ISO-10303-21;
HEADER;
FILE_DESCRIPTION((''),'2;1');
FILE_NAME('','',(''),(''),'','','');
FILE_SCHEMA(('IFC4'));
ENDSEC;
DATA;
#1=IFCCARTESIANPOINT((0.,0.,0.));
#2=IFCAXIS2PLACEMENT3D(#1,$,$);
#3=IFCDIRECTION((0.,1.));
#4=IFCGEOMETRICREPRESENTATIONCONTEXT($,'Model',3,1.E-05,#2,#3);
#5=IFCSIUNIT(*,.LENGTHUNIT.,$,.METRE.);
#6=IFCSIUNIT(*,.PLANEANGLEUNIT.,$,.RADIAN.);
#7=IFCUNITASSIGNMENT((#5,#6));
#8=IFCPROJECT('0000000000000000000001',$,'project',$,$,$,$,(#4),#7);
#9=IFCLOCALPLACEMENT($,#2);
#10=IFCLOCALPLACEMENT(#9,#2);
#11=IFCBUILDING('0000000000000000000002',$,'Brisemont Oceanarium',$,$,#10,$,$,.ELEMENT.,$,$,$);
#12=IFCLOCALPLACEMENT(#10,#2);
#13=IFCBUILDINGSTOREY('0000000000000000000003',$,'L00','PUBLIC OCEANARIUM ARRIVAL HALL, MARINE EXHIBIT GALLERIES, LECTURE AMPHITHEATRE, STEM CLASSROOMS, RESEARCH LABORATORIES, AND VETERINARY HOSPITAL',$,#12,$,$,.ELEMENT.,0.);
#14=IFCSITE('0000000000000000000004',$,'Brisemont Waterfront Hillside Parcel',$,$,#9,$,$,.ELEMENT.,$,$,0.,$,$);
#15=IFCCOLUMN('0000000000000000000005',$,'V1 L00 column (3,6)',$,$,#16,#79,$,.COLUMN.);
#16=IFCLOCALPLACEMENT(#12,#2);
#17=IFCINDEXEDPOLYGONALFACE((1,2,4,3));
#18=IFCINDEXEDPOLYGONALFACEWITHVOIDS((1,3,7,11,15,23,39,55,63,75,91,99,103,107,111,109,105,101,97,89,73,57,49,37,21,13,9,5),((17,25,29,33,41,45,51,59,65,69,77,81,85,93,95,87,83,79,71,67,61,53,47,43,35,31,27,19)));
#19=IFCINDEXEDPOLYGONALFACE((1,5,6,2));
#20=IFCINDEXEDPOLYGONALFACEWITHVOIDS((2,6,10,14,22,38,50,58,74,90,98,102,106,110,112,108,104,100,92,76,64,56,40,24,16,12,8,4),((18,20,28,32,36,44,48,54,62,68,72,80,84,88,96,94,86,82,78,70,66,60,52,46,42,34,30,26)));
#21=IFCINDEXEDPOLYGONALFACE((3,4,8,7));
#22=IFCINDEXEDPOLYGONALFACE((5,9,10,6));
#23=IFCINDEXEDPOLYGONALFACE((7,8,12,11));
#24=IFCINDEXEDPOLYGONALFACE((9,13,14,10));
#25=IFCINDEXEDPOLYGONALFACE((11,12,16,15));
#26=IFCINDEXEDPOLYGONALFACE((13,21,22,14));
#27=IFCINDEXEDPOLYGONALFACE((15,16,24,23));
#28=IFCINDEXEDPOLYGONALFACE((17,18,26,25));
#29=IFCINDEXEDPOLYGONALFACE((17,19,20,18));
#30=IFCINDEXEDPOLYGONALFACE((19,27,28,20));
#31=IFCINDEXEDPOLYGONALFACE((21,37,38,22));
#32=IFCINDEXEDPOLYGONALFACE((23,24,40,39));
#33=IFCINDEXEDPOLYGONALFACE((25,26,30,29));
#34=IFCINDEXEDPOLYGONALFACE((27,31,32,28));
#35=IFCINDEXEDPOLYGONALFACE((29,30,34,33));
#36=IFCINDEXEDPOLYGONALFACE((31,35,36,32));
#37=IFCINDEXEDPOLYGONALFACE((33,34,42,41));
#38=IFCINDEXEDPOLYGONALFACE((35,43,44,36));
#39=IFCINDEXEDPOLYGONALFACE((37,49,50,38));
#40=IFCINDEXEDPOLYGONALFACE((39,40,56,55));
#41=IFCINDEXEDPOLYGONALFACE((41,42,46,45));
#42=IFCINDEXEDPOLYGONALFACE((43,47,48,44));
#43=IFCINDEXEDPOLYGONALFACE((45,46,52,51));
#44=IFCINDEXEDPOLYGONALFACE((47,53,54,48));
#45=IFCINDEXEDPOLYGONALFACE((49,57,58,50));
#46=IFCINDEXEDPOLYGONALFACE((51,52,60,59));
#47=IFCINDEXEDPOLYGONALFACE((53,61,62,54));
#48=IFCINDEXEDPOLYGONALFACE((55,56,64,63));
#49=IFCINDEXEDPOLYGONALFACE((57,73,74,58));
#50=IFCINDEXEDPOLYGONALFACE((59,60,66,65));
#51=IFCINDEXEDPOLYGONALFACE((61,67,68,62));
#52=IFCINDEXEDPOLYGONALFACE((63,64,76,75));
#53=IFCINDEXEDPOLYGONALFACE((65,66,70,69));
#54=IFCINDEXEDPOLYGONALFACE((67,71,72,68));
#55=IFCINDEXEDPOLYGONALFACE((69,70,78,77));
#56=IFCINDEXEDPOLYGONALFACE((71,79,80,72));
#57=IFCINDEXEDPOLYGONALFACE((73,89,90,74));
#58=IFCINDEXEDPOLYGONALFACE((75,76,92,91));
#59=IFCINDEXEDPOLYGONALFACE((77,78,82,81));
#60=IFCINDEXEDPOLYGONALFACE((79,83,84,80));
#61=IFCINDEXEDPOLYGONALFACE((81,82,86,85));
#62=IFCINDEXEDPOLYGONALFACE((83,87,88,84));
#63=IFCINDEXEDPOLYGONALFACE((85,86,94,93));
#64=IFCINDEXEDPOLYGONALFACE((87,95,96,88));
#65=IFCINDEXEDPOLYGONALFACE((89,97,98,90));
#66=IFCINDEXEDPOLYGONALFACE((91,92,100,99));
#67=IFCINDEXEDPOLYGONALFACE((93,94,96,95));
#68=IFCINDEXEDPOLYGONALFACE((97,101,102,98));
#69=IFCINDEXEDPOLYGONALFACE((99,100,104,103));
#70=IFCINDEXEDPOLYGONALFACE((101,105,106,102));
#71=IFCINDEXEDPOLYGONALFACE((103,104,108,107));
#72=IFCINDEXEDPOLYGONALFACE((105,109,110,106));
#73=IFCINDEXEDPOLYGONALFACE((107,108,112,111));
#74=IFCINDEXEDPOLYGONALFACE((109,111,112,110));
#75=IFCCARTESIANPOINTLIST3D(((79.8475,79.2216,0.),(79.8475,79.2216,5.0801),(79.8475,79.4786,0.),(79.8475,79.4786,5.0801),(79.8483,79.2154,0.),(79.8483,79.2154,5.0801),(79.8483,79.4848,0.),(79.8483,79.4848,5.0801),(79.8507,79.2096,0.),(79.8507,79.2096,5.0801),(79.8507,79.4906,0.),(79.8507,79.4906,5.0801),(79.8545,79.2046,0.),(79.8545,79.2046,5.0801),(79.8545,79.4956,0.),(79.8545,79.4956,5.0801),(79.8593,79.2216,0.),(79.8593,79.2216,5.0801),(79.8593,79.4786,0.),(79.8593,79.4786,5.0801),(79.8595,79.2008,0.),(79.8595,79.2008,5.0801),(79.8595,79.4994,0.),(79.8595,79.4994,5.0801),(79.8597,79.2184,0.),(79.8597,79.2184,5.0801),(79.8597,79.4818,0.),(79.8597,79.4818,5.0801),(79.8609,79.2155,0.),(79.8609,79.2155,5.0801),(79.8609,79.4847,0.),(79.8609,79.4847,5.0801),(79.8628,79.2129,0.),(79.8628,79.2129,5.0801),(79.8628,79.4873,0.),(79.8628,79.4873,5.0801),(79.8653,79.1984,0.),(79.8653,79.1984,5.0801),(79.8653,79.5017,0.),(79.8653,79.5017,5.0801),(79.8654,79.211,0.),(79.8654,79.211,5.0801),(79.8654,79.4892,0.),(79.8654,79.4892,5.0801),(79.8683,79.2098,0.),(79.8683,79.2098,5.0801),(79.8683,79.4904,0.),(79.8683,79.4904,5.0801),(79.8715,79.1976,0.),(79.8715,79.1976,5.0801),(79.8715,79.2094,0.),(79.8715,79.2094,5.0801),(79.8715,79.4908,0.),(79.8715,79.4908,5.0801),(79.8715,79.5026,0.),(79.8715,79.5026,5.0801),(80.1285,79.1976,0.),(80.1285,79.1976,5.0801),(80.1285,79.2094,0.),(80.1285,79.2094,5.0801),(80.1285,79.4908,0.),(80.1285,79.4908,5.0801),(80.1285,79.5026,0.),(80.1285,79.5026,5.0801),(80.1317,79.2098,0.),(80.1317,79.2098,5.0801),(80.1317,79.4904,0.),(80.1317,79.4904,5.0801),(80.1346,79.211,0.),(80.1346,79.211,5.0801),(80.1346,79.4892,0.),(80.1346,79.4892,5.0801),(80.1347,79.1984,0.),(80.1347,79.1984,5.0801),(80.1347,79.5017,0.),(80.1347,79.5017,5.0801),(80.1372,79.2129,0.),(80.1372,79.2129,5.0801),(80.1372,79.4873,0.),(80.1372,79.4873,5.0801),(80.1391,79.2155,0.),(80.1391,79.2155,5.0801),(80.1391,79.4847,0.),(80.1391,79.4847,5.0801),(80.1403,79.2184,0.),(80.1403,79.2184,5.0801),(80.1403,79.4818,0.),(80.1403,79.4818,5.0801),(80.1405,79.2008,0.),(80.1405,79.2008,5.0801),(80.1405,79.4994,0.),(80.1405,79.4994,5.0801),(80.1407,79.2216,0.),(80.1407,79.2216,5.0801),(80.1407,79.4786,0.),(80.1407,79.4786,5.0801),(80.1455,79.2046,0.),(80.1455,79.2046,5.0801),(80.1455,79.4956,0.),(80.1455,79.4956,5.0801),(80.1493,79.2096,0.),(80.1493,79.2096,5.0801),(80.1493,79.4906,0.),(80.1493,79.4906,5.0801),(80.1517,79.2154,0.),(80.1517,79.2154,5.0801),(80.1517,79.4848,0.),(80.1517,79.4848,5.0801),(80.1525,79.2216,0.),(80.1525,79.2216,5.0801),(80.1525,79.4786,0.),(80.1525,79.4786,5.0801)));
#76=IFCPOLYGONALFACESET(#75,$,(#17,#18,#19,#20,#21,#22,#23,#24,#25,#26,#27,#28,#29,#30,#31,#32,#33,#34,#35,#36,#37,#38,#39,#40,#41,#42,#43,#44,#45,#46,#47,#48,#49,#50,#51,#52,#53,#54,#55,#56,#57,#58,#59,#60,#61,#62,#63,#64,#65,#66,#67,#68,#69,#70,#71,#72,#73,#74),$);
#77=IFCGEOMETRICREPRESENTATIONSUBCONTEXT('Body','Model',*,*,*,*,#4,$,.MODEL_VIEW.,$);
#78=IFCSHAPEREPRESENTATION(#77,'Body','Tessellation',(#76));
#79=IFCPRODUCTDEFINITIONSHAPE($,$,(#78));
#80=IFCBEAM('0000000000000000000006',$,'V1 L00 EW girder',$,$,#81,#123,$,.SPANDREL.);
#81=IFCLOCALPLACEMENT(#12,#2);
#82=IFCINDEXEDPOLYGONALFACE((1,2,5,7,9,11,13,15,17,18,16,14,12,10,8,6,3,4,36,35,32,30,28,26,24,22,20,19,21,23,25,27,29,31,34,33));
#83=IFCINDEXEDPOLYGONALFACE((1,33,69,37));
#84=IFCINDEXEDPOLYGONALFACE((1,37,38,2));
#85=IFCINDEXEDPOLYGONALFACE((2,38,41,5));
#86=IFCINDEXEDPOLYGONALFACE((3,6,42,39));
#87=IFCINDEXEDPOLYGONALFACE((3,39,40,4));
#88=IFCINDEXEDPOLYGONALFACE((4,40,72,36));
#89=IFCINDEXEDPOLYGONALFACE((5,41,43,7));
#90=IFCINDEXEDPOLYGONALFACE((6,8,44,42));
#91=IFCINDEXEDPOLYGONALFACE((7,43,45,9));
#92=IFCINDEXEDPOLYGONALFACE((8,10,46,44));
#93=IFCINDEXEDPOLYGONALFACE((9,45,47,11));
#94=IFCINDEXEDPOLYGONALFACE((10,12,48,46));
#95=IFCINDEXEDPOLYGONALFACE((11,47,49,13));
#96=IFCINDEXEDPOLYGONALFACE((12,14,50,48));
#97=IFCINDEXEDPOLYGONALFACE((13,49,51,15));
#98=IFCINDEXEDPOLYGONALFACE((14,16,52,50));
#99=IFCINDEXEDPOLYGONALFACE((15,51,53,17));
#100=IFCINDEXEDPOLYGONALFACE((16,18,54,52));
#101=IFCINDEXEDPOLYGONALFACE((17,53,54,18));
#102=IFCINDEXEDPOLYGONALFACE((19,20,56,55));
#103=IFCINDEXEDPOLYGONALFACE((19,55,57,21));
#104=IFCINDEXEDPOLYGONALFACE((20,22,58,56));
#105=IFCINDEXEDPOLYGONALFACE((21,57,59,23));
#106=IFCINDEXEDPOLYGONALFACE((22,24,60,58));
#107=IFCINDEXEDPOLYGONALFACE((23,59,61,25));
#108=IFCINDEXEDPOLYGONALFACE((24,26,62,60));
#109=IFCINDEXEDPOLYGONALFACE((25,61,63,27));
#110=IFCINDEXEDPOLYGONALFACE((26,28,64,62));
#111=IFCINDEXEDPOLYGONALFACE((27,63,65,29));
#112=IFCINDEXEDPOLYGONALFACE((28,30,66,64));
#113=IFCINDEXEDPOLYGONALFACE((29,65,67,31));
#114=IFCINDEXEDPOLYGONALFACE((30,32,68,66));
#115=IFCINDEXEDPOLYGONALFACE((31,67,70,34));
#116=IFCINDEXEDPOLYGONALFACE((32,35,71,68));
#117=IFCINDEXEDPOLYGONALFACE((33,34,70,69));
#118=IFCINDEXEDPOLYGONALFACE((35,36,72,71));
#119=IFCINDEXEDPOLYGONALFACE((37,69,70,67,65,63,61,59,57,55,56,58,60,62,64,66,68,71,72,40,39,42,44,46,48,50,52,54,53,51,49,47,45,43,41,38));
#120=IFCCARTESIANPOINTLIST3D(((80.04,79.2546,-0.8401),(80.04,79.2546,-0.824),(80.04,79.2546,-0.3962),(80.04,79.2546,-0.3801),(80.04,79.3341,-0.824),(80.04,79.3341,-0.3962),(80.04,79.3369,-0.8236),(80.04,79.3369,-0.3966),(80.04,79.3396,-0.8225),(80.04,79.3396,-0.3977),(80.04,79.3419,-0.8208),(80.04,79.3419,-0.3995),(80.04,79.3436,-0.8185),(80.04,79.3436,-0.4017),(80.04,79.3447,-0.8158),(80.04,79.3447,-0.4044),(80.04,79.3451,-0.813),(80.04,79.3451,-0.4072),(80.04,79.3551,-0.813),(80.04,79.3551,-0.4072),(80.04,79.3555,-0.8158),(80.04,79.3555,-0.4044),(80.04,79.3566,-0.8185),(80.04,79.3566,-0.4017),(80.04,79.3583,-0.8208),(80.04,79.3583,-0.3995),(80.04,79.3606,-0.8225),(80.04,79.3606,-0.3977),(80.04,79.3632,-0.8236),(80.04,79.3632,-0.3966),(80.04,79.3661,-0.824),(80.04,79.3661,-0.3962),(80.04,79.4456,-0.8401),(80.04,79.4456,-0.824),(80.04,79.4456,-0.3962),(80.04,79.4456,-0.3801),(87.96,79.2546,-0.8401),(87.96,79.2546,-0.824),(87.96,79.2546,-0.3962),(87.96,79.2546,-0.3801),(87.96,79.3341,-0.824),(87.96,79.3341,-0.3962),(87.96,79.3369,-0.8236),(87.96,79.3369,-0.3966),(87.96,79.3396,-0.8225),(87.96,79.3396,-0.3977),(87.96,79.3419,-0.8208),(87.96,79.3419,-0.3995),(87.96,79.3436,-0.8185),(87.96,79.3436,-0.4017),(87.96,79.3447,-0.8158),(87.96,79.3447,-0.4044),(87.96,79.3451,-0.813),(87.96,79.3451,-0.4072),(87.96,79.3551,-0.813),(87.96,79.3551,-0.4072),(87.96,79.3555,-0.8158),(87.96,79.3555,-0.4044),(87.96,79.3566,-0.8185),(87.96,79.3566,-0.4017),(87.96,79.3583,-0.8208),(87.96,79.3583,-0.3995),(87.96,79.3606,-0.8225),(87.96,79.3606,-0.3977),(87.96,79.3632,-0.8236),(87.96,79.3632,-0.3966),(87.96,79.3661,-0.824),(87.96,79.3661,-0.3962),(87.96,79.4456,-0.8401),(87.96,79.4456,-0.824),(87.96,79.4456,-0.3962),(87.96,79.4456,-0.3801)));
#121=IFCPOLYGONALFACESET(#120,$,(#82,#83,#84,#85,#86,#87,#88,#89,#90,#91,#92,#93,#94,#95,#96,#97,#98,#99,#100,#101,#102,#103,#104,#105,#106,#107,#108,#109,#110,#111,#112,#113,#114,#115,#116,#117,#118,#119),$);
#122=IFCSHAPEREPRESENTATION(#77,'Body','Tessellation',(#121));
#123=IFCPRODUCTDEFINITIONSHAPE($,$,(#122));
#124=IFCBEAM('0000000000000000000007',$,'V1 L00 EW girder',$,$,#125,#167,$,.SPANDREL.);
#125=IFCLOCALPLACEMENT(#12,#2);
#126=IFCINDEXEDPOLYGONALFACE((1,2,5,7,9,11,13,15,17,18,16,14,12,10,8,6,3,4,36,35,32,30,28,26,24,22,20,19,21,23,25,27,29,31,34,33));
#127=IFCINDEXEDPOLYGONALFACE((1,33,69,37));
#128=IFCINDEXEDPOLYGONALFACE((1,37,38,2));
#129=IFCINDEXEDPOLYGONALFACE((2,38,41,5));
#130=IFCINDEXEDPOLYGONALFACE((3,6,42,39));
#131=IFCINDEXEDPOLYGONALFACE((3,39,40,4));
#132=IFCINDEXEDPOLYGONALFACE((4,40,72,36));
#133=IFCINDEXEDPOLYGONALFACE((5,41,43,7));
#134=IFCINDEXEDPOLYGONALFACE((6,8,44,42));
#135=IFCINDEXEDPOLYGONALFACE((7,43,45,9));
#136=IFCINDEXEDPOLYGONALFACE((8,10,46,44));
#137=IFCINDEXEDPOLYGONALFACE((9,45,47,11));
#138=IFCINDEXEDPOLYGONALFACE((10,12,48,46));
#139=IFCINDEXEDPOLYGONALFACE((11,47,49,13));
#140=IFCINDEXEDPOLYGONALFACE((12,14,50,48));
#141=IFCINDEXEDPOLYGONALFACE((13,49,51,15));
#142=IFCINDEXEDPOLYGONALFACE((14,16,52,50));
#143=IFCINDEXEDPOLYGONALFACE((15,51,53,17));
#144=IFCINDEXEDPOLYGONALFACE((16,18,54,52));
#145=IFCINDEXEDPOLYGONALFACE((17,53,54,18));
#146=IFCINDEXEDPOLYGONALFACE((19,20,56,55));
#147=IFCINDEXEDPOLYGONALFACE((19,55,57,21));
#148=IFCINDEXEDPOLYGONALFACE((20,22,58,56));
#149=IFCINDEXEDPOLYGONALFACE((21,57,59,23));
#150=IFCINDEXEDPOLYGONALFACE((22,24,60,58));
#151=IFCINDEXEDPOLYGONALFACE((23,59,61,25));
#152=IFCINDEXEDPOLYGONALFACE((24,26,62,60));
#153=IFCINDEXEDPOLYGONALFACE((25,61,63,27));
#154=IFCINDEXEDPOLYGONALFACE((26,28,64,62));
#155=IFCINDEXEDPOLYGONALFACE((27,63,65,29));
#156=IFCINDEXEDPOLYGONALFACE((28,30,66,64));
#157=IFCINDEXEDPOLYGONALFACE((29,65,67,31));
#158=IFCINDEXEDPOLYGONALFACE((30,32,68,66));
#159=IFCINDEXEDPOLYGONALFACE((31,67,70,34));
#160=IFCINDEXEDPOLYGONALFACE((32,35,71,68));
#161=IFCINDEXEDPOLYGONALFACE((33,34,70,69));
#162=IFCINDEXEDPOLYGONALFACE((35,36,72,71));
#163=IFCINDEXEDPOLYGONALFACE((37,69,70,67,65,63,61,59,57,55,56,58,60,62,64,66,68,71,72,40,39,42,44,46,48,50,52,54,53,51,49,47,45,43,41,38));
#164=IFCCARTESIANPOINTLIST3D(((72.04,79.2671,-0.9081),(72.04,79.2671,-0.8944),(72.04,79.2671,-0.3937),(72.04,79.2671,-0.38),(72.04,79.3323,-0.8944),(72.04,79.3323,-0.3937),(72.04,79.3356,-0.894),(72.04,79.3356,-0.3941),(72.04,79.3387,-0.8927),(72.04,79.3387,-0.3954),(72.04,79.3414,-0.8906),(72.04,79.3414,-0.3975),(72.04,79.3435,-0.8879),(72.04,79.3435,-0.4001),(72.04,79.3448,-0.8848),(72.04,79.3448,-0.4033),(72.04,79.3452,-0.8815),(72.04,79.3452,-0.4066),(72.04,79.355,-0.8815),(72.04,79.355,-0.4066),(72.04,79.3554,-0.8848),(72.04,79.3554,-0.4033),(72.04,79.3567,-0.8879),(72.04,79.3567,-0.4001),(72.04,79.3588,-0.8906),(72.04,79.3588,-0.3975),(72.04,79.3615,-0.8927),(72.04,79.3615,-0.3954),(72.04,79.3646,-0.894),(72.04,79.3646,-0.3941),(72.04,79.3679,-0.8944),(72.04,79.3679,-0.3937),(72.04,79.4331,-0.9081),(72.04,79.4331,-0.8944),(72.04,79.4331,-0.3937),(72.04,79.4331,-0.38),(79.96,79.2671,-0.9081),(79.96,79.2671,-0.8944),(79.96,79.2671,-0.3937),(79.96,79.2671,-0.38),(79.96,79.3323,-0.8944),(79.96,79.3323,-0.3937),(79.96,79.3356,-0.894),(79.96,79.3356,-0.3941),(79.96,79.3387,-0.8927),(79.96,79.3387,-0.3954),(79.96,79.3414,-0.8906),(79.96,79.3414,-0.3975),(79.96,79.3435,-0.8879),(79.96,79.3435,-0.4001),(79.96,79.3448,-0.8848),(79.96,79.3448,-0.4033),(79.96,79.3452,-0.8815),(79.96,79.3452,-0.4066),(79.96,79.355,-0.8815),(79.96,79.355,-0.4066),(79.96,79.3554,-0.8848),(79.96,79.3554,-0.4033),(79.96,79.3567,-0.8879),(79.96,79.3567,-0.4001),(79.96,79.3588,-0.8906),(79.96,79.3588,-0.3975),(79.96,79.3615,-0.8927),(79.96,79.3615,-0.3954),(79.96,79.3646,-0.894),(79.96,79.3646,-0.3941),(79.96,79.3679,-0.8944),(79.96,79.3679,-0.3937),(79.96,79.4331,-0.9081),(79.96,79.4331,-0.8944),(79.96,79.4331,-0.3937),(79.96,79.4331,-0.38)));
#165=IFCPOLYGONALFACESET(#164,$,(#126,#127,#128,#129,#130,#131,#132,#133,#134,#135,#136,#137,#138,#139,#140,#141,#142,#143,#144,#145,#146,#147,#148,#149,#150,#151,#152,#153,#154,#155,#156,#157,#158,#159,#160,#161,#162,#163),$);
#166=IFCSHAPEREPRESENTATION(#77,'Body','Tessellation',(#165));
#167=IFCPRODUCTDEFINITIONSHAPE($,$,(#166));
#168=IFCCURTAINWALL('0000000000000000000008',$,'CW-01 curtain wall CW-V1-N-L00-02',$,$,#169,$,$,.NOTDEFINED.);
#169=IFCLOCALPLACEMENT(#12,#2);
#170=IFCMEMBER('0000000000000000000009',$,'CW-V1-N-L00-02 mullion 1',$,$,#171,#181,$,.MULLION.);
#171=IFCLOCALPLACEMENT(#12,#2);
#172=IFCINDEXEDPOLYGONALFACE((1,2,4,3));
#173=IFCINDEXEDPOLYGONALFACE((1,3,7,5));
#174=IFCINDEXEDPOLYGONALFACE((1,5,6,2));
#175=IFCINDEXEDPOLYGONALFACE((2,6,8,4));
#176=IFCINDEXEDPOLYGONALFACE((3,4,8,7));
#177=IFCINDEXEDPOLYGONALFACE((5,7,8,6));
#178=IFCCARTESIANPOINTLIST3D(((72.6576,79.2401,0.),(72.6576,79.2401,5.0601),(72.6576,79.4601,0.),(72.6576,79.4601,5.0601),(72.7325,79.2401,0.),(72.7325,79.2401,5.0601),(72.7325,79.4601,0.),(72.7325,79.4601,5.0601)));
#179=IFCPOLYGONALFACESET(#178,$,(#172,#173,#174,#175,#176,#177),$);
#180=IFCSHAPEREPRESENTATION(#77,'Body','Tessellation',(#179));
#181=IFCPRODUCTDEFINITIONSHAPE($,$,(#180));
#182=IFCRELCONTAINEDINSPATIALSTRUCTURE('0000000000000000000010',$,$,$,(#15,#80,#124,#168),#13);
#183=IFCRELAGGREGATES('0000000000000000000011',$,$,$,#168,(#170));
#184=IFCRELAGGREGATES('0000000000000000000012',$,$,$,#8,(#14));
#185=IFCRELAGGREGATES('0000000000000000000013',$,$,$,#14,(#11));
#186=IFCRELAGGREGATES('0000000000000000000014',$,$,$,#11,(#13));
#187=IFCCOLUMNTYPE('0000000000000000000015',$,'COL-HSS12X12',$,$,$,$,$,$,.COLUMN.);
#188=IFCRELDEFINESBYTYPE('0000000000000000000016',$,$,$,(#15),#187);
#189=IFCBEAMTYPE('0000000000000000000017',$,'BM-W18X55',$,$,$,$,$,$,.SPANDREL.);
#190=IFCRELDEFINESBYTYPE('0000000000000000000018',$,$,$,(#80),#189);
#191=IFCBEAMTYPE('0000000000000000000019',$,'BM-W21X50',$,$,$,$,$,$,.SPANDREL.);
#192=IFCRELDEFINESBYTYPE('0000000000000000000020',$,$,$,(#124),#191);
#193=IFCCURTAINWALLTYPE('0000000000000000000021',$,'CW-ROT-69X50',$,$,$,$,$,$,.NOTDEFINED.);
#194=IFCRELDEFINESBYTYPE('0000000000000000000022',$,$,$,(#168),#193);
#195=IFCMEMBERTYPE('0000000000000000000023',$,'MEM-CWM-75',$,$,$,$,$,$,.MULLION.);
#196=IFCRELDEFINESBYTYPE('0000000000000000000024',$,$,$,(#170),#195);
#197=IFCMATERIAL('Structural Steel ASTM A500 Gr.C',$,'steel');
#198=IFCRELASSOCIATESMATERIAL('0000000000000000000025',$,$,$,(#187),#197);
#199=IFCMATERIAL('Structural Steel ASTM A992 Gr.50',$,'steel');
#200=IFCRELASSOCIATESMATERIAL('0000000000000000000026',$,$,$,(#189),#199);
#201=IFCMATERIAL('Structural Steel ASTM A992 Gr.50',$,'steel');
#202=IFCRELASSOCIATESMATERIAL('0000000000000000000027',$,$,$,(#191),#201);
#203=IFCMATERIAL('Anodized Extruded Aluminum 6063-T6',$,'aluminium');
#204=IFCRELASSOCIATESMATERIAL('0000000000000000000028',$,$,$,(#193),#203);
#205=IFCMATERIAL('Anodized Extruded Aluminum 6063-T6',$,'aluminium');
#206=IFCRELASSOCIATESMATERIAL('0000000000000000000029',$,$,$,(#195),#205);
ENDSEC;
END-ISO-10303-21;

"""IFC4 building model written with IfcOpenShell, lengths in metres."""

from ifc_helpers import new_model, si_unit, direction, frame, origin, origin_2d, place, context, subcontext, project, spatial, rectangle, hollow_rectangle, i_section, extrude, material, material_profile, profile_set, type_object, element, aggregate, save


model = new_model("IFC4")

# Units and contexts
model_context = context("Model", 3, precision=1e-05, world=origin(), true_north=direction((0.0, 1.0)))
body_context = subcontext(model_context, "Body", "Model", "MODEL_VIEW")
ifc_project = project(units=[si_unit("LENGTHUNIT", "METRE"), si_unit("PLANEANGLEUNIT", "RADIAN")], contexts=[model_context])

# Site, building, storey
site_placement = place(None, origin())
site = spatial("IfcSite", under=ifc_project, at=site_placement, Name="Brisemont Waterfront Hillside Parcel", CompositionType="ELEMENT", RefElevation=0.0)
building_placement = place(site_placement, origin())
building = spatial("IfcBuilding", under=site, at=building_placement, Name="Brisemont Oceanarium", CompositionType="ELEMENT")
storey_placement = place(building_placement, origin())
storey = spatial("IfcBuildingStorey", under=building, at=storey_placement, Name="L00", Description="PUBLIC OCEANARIUM ARRIVAL HALL, MARINE EXHIBIT GALLERIES, LECTURE AMPHITHEATRE, STEM CLASSROOMS, RESEARCH LABORATORIES, AND VETERINARY HOSPITAL", CompositionType="ELEMENT", Elevation=0.0)

# Column
ifc_material_1 = material(Name="Structural Steel ASTM A500 Gr.C", Category="steel")
ifc_material_profile_1 = material_profile(ifc_material_1, hollow_rectangle(XDim=0.3049, YDim=0.3049, WallThickness=0.0117, InnerFilletRadius=0.0122, OuterFilletRadius=0.0239, at=origin_2d()), Name="HSS12X12X1/2")
ifc_profile_set_1 = profile_set([ifc_material_profile_1], Name="Structural Steel ASTM A500 Gr.C")
column_type = type_object("IfcColumnType", Name="COL-HSS12X12", PredefinedType="COLUMN", material=ifc_profile_set_1)
column_placement = place(storey_placement, frame((80.0, 79.3501, 0.0), z_axis=(0.0, 0.0, 1.0), x_axis=(0.0, 1.0, 0.0)))
element("IfcColumn", 1, at=column_placement, inside=storey, type_object=column_type, Name="V1 L00 column (3,6)", PredefinedType="COLUMN", context=body_context, shape_type="SweptSolid", body=[
    extrude(hollow_rectangle(XDim=0.3049, YDim=0.3049, WallThickness=0.0117, InnerFilletRadius=0.0122, OuterFilletRadius=0.0239, at=origin_2d()), origin(), (0.0, 0.0, 1.0), 5.0801),
])

# Beams
ifc_material_2 = material(Name="Structural Steel ASTM A992 Gr.50", Category="steel")
ifc_material_profile_2 = material_profile(ifc_material_2, i_section(OverallWidth=0.1909, OverallDepth=0.46, WebThickness=0.01, FlangeThickness=0.0161, FilletRadius=0.011, at=origin_2d()), Name="W18X55")
ifc_profile_set_2 = profile_set([ifc_material_profile_2], Name="Structural Steel ASTM A992 Gr.50")
beam_type_1 = type_object("IfcBeamType", Name="BM-W18X55", PredefinedType="SPANDREL", material=ifc_profile_set_2)
beam_1_placement = place(storey_placement, frame((80.04, 79.3501, -0.6101), z_axis=(1.0, 0.0, 0.0), x_axis=(0.0, 1.0, 0.0)))
element("IfcBeam", 2, at=beam_1_placement, inside=storey, type_object=beam_type_1, Name="V1 L00 EW girder", PredefinedType="SPANDREL", context=body_context, shape_type="SweptSolid", body=[
    extrude(i_section(OverallWidth=0.1909, OverallDepth=0.46, WebThickness=0.01, FlangeThickness=0.0161, FilletRadius=0.011, at=origin_2d()), origin(), (0.0, 0.0, 1.0), 7.9199),
])
ifc_material_3 = material(Name="Structural Steel ASTM A992 Gr.50", Category="steel")
ifc_material_profile_3 = material_profile(ifc_material_3, i_section(OverallWidth=0.166, OverallDepth=0.5281, WebThickness=0.0098, FlangeThickness=0.0137, FilletRadius=0.0129, at=origin_2d()), Name="W21X50")
ifc_profile_set_3 = profile_set([ifc_material_profile_3], Name="Structural Steel ASTM A992 Gr.50")
beam_type_2 = type_object("IfcBeamType", Name="BM-W21X50", PredefinedType="SPANDREL", material=ifc_profile_set_3)
beam_2_placement = place(storey_placement, frame((72.04, 79.3501, -0.644), z_axis=(1.0, 0.0, 0.0), x_axis=(0.0, 1.0, 0.0)))
element("IfcBeam", 3, at=beam_2_placement, inside=storey, type_object=beam_type_2, Name="V1 L00 EW girder", PredefinedType="SPANDREL", context=body_context, shape_type="SweptSolid", body=[
    extrude(i_section(OverallWidth=0.166, OverallDepth=0.5281, WebThickness=0.0098, FlangeThickness=0.0137, FilletRadius=0.0129, at=origin_2d()), origin(), (0.0, 0.0, 1.0), 7.9199),
])

# Curtain wall, member
ifc_material_4 = material(Name="Anodized Extruded Aluminum 6063-T6", Category="aluminium")
curtain_wall_type = type_object("IfcCurtainWallType", Name="CW-ROT-69X50", PredefinedType="NOTDEFINED", material=ifc_material_4)
curtain_wall_1_placement = place(storey_placement, origin())
curtain_wall_1 = element("IfcCurtainWall", 4, at=curtain_wall_1_placement, inside=storey, type_object=curtain_wall_type, Name="CW-01 curtain wall CW-V1-N-L00-02", PredefinedType="NOTDEFINED")
ifc_material_5 = material(Name="Anodized Extruded Aluminum 6063-T6", Category="aluminium")
ifc_material_profile_4 = material_profile(ifc_material_5, rectangle(XDim=0.075, YDim=0.22, at=origin_2d()), Name="CWM-75X220")
ifc_profile_set_4 = profile_set([ifc_material_profile_4], Name="Anodized Extruded Aluminum 6063-T6")
member_type_1 = type_object("IfcMemberType", Name="MEM-CWM-75", PredefinedType="MULLION", material=ifc_profile_set_4)
member_1_placement = place(storey_placement, frame((72.6951, 79.3501, 0.0), z_axis=(0.0, 0.0, 1.0), x_axis=(1.0, 0.0, 0.0)))
member_1 = element("IfcMember", 5, at=member_1_placement, type_object=member_type_1, Name="CW-V1-N-L00-02 mullion 1", PredefinedType="MULLION", context=body_context, shape_type="SweptSolid", body=[
    extrude(rectangle(XDim=0.075, YDim=0.22, at=origin_2d()), origin(), (0.0, 0.0, 1.0), 5.0601),
])

aggregate(curtain_wall_1, [member_1])

save(model, "model.ifc")
